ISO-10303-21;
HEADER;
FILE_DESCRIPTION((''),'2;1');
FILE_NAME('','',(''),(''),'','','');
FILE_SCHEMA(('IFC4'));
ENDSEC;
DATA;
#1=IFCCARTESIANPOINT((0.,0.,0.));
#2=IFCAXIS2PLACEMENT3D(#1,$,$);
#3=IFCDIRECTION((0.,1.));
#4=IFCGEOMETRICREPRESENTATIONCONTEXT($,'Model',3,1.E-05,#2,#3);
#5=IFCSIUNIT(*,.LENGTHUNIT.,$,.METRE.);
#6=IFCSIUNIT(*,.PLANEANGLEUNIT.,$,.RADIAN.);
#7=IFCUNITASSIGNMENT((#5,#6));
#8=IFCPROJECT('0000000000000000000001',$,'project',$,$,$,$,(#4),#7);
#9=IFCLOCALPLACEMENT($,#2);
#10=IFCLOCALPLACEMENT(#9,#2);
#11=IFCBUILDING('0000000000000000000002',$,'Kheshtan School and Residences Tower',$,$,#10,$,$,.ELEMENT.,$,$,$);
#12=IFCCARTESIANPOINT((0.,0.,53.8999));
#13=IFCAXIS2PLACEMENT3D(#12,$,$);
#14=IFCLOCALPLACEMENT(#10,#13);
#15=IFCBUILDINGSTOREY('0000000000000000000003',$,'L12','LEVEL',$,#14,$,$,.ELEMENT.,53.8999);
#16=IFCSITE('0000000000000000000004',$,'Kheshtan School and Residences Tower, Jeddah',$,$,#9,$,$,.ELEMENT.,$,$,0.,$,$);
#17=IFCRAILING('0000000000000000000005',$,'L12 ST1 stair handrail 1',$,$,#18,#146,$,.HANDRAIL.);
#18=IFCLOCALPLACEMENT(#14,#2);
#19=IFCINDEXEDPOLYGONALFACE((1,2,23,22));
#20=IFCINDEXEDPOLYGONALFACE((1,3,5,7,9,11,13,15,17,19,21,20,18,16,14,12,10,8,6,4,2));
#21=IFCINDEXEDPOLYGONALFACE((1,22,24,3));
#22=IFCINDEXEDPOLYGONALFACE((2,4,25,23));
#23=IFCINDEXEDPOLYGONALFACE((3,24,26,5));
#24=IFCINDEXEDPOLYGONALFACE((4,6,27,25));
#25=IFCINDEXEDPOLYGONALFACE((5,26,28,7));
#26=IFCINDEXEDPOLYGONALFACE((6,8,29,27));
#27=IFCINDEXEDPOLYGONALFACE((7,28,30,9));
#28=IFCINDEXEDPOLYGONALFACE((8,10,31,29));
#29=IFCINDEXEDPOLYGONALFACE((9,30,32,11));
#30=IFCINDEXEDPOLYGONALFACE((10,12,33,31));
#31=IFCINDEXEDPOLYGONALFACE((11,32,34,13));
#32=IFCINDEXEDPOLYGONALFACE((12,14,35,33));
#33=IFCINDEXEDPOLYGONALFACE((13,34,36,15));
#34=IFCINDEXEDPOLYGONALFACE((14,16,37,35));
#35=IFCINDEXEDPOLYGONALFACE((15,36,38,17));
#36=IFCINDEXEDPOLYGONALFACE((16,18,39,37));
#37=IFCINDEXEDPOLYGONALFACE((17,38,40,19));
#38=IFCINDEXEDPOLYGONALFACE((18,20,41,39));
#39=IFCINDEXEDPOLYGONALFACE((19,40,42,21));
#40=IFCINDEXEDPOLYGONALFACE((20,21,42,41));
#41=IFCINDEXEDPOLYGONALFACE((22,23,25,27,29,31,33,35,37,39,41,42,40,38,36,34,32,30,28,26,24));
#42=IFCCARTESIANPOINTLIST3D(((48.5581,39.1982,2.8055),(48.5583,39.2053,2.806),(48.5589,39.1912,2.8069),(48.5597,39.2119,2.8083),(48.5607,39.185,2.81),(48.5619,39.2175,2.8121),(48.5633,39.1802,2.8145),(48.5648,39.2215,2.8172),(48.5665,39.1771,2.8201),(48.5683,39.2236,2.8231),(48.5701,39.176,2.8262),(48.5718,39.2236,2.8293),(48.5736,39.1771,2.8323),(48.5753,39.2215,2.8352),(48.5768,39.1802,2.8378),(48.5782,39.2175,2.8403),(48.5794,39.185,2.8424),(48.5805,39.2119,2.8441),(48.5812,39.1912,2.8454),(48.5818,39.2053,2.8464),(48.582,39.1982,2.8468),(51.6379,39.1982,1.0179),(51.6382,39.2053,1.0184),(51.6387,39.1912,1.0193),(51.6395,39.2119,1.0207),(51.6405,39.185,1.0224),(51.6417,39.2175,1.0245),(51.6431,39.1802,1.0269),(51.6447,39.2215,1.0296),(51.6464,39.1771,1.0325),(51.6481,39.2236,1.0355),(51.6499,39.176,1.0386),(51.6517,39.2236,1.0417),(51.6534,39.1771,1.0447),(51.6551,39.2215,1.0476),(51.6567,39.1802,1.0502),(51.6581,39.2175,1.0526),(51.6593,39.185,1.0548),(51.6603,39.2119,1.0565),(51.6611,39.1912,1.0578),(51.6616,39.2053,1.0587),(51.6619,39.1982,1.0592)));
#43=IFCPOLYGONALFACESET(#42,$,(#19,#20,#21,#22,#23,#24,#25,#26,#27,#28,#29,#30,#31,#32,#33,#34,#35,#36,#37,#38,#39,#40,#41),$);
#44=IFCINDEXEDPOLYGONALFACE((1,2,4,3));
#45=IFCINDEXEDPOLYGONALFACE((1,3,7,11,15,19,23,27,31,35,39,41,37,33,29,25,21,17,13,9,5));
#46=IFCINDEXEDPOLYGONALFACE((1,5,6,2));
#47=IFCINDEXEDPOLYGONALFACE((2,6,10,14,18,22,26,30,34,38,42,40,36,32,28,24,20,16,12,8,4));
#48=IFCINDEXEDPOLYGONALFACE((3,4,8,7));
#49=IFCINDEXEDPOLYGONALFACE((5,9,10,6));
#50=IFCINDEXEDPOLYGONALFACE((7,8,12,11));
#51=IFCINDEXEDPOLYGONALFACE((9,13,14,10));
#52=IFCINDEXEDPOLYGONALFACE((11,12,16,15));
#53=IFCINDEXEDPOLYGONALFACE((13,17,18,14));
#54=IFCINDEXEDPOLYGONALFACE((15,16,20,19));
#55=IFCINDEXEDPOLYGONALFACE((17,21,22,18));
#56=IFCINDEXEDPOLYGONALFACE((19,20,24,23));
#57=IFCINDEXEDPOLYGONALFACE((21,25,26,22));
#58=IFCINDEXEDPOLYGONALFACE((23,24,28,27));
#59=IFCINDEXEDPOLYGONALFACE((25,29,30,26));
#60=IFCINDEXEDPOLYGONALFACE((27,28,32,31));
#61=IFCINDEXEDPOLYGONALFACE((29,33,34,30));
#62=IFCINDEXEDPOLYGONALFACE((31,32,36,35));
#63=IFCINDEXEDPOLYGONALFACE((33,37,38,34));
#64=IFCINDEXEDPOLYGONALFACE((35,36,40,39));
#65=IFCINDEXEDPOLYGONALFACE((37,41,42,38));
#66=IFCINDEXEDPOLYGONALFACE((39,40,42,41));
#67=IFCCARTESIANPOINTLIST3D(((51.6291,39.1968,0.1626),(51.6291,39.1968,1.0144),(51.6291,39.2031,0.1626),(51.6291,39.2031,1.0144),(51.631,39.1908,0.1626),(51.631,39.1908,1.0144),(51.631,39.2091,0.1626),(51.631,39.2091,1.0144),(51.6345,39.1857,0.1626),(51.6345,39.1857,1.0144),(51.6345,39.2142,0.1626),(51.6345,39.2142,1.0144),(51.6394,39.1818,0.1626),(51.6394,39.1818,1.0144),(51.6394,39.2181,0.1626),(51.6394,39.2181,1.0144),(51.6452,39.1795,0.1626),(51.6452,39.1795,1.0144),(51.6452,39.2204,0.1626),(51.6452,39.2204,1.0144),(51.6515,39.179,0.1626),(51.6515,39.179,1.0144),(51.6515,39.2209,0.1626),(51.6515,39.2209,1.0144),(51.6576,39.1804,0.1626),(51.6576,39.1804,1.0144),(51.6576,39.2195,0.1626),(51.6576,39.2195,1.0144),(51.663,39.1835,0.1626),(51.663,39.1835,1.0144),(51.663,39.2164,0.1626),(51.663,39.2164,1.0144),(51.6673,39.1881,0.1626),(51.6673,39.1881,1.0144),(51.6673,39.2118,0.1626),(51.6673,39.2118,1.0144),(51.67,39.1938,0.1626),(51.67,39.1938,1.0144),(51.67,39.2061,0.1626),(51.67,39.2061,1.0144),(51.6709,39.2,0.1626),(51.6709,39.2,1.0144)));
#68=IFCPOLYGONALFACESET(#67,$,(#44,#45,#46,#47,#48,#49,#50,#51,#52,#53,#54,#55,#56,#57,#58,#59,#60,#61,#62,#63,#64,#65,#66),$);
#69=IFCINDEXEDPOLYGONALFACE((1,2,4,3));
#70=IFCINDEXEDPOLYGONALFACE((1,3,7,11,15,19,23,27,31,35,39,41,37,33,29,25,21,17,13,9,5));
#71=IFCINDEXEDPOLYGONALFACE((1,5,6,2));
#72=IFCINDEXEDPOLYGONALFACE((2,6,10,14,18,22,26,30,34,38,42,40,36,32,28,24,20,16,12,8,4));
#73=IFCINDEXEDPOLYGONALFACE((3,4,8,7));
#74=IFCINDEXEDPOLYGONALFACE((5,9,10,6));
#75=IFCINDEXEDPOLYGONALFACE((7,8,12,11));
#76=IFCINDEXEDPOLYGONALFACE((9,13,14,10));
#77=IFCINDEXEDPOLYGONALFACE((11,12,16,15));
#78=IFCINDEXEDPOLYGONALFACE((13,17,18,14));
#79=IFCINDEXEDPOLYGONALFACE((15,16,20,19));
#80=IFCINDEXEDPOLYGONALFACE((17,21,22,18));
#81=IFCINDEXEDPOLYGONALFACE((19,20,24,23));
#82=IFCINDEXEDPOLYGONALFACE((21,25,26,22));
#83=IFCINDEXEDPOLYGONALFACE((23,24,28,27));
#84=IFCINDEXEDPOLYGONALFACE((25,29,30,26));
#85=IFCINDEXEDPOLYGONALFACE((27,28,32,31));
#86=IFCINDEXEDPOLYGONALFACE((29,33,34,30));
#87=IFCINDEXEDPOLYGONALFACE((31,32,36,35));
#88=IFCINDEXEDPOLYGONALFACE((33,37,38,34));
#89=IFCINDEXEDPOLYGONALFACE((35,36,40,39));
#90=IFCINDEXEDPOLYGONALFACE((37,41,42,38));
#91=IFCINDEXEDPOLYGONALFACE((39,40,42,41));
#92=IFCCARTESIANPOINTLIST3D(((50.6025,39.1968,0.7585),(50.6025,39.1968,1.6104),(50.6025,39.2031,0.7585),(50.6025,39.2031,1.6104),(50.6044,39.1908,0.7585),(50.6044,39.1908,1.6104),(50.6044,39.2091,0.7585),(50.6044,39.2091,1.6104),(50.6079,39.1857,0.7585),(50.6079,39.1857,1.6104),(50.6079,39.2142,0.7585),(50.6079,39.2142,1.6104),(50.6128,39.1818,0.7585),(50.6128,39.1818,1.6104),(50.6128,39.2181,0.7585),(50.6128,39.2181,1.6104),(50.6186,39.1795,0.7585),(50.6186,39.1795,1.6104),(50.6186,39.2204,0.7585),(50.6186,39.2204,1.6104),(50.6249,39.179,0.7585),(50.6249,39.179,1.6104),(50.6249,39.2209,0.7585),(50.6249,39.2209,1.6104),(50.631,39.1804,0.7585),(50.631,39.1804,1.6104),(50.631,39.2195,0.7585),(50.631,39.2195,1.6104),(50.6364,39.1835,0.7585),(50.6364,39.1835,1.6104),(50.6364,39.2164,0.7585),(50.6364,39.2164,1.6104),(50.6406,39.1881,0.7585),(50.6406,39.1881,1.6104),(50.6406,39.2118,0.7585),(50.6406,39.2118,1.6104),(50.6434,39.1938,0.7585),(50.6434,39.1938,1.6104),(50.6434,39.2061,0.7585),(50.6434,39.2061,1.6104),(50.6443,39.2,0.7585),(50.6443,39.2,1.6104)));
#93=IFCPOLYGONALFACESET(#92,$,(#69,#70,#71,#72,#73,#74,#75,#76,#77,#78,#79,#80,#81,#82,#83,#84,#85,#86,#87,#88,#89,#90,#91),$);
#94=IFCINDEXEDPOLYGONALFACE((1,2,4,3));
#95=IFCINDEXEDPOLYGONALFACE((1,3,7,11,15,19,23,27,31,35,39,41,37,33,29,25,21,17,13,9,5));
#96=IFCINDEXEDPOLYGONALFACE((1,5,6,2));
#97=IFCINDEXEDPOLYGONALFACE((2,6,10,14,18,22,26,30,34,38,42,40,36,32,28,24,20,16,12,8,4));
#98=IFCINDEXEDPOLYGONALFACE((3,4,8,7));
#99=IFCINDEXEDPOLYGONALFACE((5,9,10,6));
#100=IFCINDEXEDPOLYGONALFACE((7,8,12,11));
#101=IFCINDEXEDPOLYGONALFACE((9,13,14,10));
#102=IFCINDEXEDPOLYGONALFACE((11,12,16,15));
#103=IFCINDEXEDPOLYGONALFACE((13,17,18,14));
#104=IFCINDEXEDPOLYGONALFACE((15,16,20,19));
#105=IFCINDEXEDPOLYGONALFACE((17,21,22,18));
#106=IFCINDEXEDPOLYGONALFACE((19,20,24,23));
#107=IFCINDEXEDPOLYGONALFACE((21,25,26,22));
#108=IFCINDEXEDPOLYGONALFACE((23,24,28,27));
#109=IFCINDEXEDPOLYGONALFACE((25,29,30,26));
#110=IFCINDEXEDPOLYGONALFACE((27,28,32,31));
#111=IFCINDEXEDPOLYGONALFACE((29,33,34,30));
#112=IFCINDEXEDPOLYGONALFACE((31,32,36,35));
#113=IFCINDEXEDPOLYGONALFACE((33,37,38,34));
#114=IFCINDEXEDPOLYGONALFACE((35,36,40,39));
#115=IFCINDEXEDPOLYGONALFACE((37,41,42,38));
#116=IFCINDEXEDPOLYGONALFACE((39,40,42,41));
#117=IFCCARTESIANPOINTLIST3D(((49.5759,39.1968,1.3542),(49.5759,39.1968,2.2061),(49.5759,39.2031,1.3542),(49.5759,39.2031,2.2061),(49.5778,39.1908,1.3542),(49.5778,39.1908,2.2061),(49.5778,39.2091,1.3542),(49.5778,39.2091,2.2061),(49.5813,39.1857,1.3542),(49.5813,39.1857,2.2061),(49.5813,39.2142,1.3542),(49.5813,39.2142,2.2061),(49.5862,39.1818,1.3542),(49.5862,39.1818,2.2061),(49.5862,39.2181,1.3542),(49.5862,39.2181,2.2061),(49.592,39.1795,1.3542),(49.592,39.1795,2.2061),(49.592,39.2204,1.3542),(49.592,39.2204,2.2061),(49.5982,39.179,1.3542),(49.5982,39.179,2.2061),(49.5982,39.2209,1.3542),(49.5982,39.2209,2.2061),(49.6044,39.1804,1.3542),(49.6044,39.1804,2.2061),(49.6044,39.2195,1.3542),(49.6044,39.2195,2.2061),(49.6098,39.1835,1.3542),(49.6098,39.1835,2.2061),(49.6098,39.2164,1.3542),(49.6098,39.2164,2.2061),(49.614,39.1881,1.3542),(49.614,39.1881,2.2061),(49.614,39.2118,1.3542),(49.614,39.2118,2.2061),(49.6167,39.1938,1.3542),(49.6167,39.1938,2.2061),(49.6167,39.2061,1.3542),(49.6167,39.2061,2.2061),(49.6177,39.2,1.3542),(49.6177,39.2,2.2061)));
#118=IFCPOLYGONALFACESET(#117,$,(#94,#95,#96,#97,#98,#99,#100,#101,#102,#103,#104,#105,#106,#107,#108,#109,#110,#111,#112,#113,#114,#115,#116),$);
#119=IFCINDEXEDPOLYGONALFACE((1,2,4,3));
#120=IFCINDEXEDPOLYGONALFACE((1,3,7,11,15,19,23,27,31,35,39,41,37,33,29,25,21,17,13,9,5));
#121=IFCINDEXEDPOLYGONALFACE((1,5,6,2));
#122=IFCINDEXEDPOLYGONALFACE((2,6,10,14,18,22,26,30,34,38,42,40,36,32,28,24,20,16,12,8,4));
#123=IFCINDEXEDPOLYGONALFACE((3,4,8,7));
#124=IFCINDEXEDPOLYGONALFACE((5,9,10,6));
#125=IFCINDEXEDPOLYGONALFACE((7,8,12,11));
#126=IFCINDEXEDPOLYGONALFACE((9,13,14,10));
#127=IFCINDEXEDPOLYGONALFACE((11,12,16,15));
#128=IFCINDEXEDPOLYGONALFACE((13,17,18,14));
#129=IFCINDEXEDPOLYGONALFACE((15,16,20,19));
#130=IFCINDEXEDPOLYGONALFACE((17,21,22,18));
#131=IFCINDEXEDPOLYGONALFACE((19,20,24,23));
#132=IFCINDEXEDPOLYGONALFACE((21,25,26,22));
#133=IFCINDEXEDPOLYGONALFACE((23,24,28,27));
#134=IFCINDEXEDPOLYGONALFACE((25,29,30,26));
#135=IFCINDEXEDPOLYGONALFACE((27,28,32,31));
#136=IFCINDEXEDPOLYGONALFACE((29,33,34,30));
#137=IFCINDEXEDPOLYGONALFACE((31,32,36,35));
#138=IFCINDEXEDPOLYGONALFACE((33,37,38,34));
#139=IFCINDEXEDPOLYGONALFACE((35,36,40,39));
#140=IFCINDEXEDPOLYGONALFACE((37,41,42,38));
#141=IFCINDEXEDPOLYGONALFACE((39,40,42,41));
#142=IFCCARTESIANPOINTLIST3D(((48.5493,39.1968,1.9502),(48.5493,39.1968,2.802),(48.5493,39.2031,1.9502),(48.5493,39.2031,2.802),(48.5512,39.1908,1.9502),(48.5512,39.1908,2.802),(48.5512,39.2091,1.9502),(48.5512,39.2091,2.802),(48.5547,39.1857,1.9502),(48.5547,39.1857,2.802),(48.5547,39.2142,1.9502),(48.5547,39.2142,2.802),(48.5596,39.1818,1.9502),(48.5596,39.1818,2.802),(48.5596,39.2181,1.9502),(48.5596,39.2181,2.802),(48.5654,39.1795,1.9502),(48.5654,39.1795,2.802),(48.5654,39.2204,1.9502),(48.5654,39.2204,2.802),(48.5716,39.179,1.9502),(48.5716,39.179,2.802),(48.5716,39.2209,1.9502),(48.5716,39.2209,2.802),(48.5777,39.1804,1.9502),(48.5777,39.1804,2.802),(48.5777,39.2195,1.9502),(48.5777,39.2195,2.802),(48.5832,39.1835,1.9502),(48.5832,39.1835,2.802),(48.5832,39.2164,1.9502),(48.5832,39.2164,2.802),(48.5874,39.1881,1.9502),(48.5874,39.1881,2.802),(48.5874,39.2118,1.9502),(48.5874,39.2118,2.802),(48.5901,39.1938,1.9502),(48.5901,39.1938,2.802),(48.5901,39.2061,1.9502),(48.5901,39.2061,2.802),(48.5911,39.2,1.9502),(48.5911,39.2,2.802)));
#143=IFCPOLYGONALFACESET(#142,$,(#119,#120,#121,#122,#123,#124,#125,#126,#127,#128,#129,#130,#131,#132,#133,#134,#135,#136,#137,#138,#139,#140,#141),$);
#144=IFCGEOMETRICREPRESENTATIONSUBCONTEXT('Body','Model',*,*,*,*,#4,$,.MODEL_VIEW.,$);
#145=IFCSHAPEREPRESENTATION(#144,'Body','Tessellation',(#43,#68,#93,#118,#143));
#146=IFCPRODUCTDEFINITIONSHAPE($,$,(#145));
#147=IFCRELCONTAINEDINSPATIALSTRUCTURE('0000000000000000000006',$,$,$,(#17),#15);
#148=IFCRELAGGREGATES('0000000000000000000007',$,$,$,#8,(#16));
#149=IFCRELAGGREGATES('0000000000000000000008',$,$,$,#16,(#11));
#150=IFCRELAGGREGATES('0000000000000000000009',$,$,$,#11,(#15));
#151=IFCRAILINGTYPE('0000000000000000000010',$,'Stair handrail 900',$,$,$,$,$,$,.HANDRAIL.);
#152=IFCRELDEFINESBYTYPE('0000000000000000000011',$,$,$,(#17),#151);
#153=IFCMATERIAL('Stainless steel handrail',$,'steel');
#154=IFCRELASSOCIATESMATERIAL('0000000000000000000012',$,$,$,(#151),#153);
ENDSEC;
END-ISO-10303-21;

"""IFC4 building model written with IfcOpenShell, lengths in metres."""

from ifc_helpers import new_model, si_unit, direction, frame, origin, origin_2d, place, context, subcontext, project, spatial, circle, extrude, material, type_object, element, save


model = new_model("IFC4")

# Units and contexts
model_context = context("Model", 3, precision=1e-05, world=origin(), true_north=direction((0.0, 1.0)))
body_context = subcontext(model_context, "Body", "Model", "MODEL_VIEW")
ifc_project = project(units=[si_unit("LENGTHUNIT", "METRE"), si_unit("PLANEANGLEUNIT", "RADIAN")], contexts=[model_context])

# Site, building, storey
site_placement = place(None, origin())
site = spatial("IfcSite", under=ifc_project, at=site_placement, Name="Kheshtan School and Residences Tower, Jeddah", CompositionType="ELEMENT", RefElevation=0.0)
building_placement = place(site_placement, origin())
building = spatial("IfcBuilding", under=site, at=building_placement, Name="Kheshtan School and Residences Tower", CompositionType="ELEMENT")
storey_placement = place(building_placement, frame((0.0, 0.0, 53.8999)))
storey = spatial("IfcBuildingStorey", under=building, at=storey_placement, Name="L12", Description="LEVEL", CompositionType="ELEMENT", Elevation=53.8999)

# Railing
ifc_material_1 = material(Name="Stainless steel handrail", Category="steel")
railing_type_1 = type_object("IfcRailingType", Name="Stair handrail 900", PredefinedType="HANDRAIL", material=ifc_material_1)
railing_1_placement = place(storey_placement, frame((51.6499, 39.2, 0.1626)))
element("IfcRailing", 1, at=railing_1_placement, inside=storey, type_object=railing_type_1, Name="L12 ST1 stair handrail 1", PredefinedType="HANDRAIL", context=body_context, shape_type="SweptSolid", body=[
    extrude(circle(Radius=0.0239, at=origin_2d()), frame((0.0, 0.0, 0.876), z_axis=(-0.864873, 0.0, 0.50199), x_axis=(0.0, -1.0, 0.0)), (0.0, 0.0, 1.0), 3.561),
    extrude(circle(Radius=0.021, at=origin_2d()), origin(), (0.0, 0.0, 1.0), 0.8518),
    extrude(circle(Radius=0.021, at=origin_2d()), frame((-1.0266, 0.0, 0.5959)), (0.0, 0.0, 1.0), 0.8518),
    extrude(circle(Radius=0.021, at=origin_2d()), frame((-2.0532, 0.0, 1.1917)), (0.0, 0.0, 1.0), 0.8518),
    extrude(circle(Radius=0.021, at=origin_2d()), frame((-3.0798, 0.0, 1.7876)), (0.0, 0.0, 1.0), 0.8518),
])

save(model, "model.ifc")
